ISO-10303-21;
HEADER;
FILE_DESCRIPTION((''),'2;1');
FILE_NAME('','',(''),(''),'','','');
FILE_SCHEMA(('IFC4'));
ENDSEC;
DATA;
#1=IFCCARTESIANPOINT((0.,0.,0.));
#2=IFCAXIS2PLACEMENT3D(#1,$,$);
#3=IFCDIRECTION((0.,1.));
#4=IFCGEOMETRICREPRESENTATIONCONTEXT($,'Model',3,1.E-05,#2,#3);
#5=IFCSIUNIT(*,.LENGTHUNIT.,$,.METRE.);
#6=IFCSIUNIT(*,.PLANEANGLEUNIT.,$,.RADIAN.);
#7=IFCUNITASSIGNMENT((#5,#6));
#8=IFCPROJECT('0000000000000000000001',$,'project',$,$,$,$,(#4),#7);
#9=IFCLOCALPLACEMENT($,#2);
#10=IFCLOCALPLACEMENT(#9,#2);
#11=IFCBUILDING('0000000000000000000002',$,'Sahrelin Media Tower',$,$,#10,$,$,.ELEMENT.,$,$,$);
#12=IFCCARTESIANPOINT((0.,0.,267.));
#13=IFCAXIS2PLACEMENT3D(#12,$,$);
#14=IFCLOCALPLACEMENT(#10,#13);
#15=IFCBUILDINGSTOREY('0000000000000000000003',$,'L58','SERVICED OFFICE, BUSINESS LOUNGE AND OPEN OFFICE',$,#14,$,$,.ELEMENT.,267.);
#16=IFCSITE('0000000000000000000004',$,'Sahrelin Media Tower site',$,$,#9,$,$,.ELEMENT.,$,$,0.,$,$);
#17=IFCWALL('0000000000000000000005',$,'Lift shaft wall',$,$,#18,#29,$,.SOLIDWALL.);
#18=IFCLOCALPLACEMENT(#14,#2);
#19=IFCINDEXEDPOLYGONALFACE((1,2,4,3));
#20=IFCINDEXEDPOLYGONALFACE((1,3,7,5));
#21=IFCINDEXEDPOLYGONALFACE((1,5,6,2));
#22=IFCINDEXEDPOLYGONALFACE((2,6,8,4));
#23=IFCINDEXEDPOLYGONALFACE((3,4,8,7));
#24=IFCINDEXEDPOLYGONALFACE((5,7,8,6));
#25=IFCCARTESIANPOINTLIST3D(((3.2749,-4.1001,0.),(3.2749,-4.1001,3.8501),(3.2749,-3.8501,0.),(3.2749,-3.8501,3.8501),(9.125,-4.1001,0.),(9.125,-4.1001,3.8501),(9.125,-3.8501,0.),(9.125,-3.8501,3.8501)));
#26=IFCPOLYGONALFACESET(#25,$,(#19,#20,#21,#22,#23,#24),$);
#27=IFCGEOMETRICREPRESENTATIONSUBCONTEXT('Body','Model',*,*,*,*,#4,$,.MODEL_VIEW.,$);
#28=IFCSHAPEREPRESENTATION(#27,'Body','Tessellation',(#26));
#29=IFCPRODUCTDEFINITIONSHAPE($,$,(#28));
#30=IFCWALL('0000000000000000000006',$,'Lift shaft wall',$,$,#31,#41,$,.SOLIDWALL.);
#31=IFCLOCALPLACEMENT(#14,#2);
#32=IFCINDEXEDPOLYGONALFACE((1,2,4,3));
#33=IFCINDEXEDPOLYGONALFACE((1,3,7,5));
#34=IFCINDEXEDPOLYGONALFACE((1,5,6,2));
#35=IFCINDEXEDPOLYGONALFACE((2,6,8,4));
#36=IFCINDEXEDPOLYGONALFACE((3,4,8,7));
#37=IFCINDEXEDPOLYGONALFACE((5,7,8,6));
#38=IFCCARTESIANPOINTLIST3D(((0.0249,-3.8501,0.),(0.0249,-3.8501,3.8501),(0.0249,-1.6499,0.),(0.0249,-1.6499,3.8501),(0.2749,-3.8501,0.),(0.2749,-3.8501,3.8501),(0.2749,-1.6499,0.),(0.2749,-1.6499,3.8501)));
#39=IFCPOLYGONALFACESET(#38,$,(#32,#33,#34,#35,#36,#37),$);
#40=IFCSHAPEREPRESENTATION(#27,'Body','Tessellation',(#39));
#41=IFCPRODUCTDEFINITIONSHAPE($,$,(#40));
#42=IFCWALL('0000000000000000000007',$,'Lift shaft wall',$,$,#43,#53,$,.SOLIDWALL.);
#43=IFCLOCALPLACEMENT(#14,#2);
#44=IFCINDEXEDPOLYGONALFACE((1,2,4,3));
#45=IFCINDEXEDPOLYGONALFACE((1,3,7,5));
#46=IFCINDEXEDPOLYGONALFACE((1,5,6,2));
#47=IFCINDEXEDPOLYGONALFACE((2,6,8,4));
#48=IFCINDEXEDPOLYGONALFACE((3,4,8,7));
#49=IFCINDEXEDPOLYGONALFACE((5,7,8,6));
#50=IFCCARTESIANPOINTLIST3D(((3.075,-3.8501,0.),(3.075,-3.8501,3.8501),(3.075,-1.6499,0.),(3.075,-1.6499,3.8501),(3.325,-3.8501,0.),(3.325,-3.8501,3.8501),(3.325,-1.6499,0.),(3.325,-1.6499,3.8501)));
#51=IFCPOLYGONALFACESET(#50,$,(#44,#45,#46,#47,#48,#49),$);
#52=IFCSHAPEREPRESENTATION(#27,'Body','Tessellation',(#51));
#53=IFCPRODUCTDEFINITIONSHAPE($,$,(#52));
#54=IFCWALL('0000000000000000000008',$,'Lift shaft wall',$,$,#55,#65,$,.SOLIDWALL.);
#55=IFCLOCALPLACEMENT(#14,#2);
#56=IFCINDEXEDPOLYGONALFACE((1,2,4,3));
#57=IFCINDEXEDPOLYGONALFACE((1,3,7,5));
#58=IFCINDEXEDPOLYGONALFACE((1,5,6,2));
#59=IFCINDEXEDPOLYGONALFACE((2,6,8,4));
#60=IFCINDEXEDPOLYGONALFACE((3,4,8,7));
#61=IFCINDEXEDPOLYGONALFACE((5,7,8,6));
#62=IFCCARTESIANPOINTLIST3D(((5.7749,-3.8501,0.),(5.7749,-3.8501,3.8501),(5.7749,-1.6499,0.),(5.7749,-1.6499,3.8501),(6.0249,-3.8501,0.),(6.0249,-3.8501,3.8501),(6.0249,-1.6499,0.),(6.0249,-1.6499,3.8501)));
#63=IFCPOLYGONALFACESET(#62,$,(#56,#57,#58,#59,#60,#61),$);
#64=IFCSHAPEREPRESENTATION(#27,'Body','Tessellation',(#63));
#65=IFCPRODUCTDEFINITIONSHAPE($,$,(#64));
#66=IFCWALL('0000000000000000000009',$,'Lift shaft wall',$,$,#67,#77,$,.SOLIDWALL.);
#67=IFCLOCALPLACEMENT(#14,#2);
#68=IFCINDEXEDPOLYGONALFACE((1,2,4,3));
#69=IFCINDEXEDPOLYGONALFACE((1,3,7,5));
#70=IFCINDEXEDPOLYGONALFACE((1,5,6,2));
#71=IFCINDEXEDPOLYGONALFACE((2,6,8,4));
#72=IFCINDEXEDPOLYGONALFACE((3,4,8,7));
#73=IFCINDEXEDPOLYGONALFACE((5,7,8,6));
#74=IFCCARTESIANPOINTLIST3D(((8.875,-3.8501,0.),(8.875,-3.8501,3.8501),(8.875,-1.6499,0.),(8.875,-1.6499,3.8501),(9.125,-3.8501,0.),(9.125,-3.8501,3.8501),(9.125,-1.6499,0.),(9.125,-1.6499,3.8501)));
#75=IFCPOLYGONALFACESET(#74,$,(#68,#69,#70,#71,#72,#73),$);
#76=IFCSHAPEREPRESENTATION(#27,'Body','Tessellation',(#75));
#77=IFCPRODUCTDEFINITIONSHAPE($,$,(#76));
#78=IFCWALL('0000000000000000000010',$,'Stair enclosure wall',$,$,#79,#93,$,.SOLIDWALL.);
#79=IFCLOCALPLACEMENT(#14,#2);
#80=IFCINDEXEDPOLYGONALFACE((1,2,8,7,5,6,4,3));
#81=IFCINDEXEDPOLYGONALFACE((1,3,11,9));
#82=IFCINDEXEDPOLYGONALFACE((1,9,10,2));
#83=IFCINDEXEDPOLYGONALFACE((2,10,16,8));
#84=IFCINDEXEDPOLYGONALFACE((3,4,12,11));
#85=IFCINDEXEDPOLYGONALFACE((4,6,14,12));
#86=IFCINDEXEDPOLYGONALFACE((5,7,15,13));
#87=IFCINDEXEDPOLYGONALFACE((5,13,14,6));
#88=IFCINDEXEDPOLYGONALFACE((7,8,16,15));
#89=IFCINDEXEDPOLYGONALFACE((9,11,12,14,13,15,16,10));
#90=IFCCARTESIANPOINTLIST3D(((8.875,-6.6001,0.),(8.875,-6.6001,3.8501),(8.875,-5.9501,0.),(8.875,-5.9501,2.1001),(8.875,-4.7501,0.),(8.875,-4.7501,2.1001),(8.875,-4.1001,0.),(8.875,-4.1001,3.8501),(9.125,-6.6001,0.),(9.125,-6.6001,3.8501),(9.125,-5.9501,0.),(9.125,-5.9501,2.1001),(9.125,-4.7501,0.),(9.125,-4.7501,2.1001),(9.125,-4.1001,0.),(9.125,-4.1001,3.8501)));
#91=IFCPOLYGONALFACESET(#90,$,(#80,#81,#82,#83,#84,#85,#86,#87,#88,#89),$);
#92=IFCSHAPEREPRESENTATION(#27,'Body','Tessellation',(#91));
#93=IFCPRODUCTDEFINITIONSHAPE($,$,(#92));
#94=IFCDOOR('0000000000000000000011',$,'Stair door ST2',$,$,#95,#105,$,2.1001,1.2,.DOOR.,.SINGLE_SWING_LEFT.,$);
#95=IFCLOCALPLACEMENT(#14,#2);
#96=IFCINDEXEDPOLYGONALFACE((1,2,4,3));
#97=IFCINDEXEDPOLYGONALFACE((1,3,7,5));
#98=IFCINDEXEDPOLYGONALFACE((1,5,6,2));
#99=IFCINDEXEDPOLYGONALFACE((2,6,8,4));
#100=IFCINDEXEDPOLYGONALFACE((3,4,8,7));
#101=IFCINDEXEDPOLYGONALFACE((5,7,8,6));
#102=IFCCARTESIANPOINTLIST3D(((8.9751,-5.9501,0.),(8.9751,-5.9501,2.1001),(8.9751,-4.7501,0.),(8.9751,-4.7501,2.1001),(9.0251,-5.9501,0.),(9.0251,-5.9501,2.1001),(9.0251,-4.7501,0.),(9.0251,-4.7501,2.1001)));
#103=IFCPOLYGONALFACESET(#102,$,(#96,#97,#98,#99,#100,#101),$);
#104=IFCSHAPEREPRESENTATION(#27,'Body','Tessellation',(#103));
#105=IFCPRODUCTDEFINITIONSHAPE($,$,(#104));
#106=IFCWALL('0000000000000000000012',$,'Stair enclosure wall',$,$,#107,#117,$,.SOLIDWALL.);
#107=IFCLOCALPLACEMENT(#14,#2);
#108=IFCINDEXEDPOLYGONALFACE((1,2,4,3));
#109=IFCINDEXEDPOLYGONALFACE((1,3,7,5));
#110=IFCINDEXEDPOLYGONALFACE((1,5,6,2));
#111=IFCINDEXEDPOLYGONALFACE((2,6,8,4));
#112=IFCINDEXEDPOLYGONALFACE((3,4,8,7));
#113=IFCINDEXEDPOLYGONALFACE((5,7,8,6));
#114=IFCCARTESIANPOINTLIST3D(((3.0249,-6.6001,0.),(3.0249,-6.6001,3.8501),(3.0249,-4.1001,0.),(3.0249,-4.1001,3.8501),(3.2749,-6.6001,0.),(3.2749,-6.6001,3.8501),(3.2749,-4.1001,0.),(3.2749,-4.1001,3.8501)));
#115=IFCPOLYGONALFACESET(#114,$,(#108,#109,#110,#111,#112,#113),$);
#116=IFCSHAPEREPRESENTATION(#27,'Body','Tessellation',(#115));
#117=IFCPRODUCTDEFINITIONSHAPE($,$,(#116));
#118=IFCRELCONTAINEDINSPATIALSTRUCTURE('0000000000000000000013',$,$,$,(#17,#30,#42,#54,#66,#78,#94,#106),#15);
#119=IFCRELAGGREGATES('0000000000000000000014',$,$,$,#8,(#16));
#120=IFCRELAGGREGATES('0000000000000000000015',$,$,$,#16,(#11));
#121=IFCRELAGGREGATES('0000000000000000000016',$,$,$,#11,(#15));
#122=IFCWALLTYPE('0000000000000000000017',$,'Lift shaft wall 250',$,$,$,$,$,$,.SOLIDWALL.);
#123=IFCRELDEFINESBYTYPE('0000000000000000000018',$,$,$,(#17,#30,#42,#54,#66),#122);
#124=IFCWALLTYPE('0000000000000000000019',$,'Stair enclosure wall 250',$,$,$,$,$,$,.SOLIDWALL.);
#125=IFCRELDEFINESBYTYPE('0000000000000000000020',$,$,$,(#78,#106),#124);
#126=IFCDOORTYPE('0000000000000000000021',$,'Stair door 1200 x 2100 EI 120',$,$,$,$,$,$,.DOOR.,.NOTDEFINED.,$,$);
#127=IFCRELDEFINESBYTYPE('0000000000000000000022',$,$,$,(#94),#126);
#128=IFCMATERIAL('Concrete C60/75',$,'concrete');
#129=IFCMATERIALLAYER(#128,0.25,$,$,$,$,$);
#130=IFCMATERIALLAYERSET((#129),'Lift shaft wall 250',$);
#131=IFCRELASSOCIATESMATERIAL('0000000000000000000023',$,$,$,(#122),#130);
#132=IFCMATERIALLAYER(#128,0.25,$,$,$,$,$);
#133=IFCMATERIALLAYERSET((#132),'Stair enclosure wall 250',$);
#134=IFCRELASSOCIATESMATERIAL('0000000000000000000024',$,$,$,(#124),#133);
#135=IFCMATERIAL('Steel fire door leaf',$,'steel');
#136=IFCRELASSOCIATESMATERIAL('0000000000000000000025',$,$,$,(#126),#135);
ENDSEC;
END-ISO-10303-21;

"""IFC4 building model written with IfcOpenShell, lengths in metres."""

from ifc_helpers import new_model, si_unit, direction, frame, frame_2d, origin, place, context, subcontext, project, spatial, rectangle, extrude, material, layer, layer_set, type_object, element, fill, save


model = new_model("IFC4")

# Units and contexts
model_context = context("Model", 3, precision=1e-05, world=origin(), true_north=direction((0.0, 1.0)))
body_context = subcontext(model_context, "Body", "Model", "MODEL_VIEW")
ifc_project = project(units=[si_unit("LENGTHUNIT", "METRE"), si_unit("PLANEANGLEUNIT", "RADIAN")], contexts=[model_context])

# Site, building, storey
site_placement = place(None, origin())
site = spatial("IfcSite", under=ifc_project, at=site_placement, Name="Sahrelin Media Tower site", CompositionType="ELEMENT", RefElevation=0.0)
building_placement = place(site_placement, origin())
building = spatial("IfcBuilding", under=site, at=building_placement, Name="Sahrelin Media Tower", CompositionType="ELEMENT")
storey_placement = place(building_placement, frame((0.0, 0.0, 267.0)))
storey = spatial("IfcBuildingStorey", under=building, at=storey_placement, Name="L58", Description="SERVICED OFFICE, BUSINESS LOUNGE AND OPEN OFFICE", CompositionType="ELEMENT", Elevation=267.0)

# Shared definitions
ifc_material_1 = material(Name="Concrete C60/75", Category="concrete")
ifc_material_2 = material(Name="Steel fire door leaf", Category="steel")

# Walls
ifc_layer_1 = layer(ifc_material_1, 0.25)
ifc_layer_set_1 = layer_set([ifc_layer_1], Name="Lift shaft wall 250")
wall_type_1 = type_object("IfcWallType", Name="Lift shaft wall 250", PredefinedType="SOLIDWALL", material=ifc_layer_set_1)
wall_1_placement = place(storey_placement, frame((3.2749, -3.9751, 0.0), z_axis=(0.0, 0.0, 1.0), x_axis=(1.0, 0.0, 0.0)))
element("IfcWall", 1, at=wall_1_placement, inside=storey, type_object=wall_type_1, Name="Lift shaft wall", PredefinedType="SOLIDWALL", context=body_context, shape_type="SweptSolid", body=[
    extrude(rectangle(XDim=5.8501, YDim=0.25, at=frame_2d((2.925, 0.0))), origin(), (0.0, 0.0, 1.0), 3.8501),
])
for number, where, z_axis, x_axis, name in (
    (2, (0.1499, -3.8501, 0.0), (0.0, 0.0, 1.0), (0.0, 1.0, 0.0), "Lift shaft wall"),
    (3, (3.2, -3.8501, 0.0), (0.0, 0.0, 1.0), (0.0, 1.0, 0.0), "Lift shaft wall"),
    (4, (5.8999, -3.8501, 0.0), (0.0, 0.0, 1.0), (0.0, 1.0, 0.0), "Lift shaft wall"),
    (5, (9.0, -3.8501, 0.0), (0.0, 0.0, 1.0), (0.0, 1.0, 0.0), "Lift shaft wall"),
):
    element("IfcWall", number, at=place(storey_placement, frame(where, z_axis=z_axis, x_axis=x_axis)), inside=storey, type_object=wall_type_1, Name=name, PredefinedType="SOLIDWALL", context=body_context, shape_type="SweptSolid", body=[
        extrude(rectangle(XDim=2.2002, YDim=0.25, at=frame_2d((1.1001, 0.0))), origin(), (0.0, 0.0, 1.0), 3.8501),
    ])

# Wall, opening, door
ifc_layer_2 = layer(ifc_material_1, 0.25)
ifc_layer_set_2 = layer_set([ifc_layer_2], Name="Stair enclosure wall 250")
wall_type_2 = type_object("IfcWallType", Name="Stair enclosure wall 250", PredefinedType="SOLIDWALL", material=ifc_layer_set_2)
wall_2_placement = place(storey_placement, frame((9.0, -6.6001, 0.0), z_axis=(0.0, 0.0, 1.0), x_axis=(0.0, 1.0, 0.0)))
wall_2 = element("IfcWall", 6, at=wall_2_placement, inside=storey, type_object=wall_type_2, Name="Stair enclosure wall", PredefinedType="SOLIDWALL", context=body_context, shape_type="SweptSolid", body=[
    extrude(rectangle(XDim=2.5, YDim=0.25, at=frame_2d((1.25, 0.0))), origin(), (0.0, 0.0, 1.0), 3.8501),
])
opening_1_placement = place(wall_2_placement, frame((0.6499, 0.0, 0.0)))
opening_1 = element("IfcOpeningElement", 7, at=opening_1_placement, cuts=wall_2, PredefinedType="OPENING", context=body_context, shape_type="SweptSolid", body=[
    extrude(rectangle(XDim=1.2, YDim=2.1001, at=frame_2d((0.6001, 1.05))), frame((0.0, 0.125, 0.0), z_axis=(0.0, -1.0, 0.0), x_axis=(1.0, 0.0, 0.0)), (0.0, 0.0, 1.0), 0.25),
])
door_type_1 = type_object("IfcDoorType", Name="Stair door 1200 x 2100 EI 120", OperationType="NOTDEFINED", PredefinedType="DOOR", material=ifc_material_2)
door_1_placement = place(opening_1_placement, origin())
door_1 = element("IfcDoor", 8, at=door_1_placement, inside=storey, type_object=door_type_1, Name="Stair door ST2", OperationType="SINGLE_SWING_LEFT", OverallHeight=2.1001, OverallWidth=1.2, PredefinedType="DOOR", context=body_context, shape_type="SweptSolid", body=[
    extrude(rectangle(XDim=1.2, YDim=2.1001, at=frame_2d((0.6001, 1.05))), frame((0.0, 0.0249, 0.0), z_axis=(0.0, -1.0, 0.0), x_axis=(1.0, 0.0, 0.0)), (0.0, 0.0, 1.0), 0.05),
])
fill(opening_1, door_1)

# Wall
wall_3_placement = place(storey_placement, frame((3.1499, -6.6001, 0.0), z_axis=(0.0, 0.0, 1.0), x_axis=(0.0, 1.0, 0.0)))
element("IfcWall", 9, at=wall_3_placement, inside=storey, type_object=wall_type_2, Name="Stair enclosure wall", PredefinedType="SOLIDWALL", context=body_context, shape_type="SweptSolid", body=[
    extrude(rectangle(XDim=2.5, YDim=0.25, at=frame_2d((1.25, 0.0))), origin(), (0.0, 0.0, 1.0), 3.8501),
])

save(model, "model.ifc")
